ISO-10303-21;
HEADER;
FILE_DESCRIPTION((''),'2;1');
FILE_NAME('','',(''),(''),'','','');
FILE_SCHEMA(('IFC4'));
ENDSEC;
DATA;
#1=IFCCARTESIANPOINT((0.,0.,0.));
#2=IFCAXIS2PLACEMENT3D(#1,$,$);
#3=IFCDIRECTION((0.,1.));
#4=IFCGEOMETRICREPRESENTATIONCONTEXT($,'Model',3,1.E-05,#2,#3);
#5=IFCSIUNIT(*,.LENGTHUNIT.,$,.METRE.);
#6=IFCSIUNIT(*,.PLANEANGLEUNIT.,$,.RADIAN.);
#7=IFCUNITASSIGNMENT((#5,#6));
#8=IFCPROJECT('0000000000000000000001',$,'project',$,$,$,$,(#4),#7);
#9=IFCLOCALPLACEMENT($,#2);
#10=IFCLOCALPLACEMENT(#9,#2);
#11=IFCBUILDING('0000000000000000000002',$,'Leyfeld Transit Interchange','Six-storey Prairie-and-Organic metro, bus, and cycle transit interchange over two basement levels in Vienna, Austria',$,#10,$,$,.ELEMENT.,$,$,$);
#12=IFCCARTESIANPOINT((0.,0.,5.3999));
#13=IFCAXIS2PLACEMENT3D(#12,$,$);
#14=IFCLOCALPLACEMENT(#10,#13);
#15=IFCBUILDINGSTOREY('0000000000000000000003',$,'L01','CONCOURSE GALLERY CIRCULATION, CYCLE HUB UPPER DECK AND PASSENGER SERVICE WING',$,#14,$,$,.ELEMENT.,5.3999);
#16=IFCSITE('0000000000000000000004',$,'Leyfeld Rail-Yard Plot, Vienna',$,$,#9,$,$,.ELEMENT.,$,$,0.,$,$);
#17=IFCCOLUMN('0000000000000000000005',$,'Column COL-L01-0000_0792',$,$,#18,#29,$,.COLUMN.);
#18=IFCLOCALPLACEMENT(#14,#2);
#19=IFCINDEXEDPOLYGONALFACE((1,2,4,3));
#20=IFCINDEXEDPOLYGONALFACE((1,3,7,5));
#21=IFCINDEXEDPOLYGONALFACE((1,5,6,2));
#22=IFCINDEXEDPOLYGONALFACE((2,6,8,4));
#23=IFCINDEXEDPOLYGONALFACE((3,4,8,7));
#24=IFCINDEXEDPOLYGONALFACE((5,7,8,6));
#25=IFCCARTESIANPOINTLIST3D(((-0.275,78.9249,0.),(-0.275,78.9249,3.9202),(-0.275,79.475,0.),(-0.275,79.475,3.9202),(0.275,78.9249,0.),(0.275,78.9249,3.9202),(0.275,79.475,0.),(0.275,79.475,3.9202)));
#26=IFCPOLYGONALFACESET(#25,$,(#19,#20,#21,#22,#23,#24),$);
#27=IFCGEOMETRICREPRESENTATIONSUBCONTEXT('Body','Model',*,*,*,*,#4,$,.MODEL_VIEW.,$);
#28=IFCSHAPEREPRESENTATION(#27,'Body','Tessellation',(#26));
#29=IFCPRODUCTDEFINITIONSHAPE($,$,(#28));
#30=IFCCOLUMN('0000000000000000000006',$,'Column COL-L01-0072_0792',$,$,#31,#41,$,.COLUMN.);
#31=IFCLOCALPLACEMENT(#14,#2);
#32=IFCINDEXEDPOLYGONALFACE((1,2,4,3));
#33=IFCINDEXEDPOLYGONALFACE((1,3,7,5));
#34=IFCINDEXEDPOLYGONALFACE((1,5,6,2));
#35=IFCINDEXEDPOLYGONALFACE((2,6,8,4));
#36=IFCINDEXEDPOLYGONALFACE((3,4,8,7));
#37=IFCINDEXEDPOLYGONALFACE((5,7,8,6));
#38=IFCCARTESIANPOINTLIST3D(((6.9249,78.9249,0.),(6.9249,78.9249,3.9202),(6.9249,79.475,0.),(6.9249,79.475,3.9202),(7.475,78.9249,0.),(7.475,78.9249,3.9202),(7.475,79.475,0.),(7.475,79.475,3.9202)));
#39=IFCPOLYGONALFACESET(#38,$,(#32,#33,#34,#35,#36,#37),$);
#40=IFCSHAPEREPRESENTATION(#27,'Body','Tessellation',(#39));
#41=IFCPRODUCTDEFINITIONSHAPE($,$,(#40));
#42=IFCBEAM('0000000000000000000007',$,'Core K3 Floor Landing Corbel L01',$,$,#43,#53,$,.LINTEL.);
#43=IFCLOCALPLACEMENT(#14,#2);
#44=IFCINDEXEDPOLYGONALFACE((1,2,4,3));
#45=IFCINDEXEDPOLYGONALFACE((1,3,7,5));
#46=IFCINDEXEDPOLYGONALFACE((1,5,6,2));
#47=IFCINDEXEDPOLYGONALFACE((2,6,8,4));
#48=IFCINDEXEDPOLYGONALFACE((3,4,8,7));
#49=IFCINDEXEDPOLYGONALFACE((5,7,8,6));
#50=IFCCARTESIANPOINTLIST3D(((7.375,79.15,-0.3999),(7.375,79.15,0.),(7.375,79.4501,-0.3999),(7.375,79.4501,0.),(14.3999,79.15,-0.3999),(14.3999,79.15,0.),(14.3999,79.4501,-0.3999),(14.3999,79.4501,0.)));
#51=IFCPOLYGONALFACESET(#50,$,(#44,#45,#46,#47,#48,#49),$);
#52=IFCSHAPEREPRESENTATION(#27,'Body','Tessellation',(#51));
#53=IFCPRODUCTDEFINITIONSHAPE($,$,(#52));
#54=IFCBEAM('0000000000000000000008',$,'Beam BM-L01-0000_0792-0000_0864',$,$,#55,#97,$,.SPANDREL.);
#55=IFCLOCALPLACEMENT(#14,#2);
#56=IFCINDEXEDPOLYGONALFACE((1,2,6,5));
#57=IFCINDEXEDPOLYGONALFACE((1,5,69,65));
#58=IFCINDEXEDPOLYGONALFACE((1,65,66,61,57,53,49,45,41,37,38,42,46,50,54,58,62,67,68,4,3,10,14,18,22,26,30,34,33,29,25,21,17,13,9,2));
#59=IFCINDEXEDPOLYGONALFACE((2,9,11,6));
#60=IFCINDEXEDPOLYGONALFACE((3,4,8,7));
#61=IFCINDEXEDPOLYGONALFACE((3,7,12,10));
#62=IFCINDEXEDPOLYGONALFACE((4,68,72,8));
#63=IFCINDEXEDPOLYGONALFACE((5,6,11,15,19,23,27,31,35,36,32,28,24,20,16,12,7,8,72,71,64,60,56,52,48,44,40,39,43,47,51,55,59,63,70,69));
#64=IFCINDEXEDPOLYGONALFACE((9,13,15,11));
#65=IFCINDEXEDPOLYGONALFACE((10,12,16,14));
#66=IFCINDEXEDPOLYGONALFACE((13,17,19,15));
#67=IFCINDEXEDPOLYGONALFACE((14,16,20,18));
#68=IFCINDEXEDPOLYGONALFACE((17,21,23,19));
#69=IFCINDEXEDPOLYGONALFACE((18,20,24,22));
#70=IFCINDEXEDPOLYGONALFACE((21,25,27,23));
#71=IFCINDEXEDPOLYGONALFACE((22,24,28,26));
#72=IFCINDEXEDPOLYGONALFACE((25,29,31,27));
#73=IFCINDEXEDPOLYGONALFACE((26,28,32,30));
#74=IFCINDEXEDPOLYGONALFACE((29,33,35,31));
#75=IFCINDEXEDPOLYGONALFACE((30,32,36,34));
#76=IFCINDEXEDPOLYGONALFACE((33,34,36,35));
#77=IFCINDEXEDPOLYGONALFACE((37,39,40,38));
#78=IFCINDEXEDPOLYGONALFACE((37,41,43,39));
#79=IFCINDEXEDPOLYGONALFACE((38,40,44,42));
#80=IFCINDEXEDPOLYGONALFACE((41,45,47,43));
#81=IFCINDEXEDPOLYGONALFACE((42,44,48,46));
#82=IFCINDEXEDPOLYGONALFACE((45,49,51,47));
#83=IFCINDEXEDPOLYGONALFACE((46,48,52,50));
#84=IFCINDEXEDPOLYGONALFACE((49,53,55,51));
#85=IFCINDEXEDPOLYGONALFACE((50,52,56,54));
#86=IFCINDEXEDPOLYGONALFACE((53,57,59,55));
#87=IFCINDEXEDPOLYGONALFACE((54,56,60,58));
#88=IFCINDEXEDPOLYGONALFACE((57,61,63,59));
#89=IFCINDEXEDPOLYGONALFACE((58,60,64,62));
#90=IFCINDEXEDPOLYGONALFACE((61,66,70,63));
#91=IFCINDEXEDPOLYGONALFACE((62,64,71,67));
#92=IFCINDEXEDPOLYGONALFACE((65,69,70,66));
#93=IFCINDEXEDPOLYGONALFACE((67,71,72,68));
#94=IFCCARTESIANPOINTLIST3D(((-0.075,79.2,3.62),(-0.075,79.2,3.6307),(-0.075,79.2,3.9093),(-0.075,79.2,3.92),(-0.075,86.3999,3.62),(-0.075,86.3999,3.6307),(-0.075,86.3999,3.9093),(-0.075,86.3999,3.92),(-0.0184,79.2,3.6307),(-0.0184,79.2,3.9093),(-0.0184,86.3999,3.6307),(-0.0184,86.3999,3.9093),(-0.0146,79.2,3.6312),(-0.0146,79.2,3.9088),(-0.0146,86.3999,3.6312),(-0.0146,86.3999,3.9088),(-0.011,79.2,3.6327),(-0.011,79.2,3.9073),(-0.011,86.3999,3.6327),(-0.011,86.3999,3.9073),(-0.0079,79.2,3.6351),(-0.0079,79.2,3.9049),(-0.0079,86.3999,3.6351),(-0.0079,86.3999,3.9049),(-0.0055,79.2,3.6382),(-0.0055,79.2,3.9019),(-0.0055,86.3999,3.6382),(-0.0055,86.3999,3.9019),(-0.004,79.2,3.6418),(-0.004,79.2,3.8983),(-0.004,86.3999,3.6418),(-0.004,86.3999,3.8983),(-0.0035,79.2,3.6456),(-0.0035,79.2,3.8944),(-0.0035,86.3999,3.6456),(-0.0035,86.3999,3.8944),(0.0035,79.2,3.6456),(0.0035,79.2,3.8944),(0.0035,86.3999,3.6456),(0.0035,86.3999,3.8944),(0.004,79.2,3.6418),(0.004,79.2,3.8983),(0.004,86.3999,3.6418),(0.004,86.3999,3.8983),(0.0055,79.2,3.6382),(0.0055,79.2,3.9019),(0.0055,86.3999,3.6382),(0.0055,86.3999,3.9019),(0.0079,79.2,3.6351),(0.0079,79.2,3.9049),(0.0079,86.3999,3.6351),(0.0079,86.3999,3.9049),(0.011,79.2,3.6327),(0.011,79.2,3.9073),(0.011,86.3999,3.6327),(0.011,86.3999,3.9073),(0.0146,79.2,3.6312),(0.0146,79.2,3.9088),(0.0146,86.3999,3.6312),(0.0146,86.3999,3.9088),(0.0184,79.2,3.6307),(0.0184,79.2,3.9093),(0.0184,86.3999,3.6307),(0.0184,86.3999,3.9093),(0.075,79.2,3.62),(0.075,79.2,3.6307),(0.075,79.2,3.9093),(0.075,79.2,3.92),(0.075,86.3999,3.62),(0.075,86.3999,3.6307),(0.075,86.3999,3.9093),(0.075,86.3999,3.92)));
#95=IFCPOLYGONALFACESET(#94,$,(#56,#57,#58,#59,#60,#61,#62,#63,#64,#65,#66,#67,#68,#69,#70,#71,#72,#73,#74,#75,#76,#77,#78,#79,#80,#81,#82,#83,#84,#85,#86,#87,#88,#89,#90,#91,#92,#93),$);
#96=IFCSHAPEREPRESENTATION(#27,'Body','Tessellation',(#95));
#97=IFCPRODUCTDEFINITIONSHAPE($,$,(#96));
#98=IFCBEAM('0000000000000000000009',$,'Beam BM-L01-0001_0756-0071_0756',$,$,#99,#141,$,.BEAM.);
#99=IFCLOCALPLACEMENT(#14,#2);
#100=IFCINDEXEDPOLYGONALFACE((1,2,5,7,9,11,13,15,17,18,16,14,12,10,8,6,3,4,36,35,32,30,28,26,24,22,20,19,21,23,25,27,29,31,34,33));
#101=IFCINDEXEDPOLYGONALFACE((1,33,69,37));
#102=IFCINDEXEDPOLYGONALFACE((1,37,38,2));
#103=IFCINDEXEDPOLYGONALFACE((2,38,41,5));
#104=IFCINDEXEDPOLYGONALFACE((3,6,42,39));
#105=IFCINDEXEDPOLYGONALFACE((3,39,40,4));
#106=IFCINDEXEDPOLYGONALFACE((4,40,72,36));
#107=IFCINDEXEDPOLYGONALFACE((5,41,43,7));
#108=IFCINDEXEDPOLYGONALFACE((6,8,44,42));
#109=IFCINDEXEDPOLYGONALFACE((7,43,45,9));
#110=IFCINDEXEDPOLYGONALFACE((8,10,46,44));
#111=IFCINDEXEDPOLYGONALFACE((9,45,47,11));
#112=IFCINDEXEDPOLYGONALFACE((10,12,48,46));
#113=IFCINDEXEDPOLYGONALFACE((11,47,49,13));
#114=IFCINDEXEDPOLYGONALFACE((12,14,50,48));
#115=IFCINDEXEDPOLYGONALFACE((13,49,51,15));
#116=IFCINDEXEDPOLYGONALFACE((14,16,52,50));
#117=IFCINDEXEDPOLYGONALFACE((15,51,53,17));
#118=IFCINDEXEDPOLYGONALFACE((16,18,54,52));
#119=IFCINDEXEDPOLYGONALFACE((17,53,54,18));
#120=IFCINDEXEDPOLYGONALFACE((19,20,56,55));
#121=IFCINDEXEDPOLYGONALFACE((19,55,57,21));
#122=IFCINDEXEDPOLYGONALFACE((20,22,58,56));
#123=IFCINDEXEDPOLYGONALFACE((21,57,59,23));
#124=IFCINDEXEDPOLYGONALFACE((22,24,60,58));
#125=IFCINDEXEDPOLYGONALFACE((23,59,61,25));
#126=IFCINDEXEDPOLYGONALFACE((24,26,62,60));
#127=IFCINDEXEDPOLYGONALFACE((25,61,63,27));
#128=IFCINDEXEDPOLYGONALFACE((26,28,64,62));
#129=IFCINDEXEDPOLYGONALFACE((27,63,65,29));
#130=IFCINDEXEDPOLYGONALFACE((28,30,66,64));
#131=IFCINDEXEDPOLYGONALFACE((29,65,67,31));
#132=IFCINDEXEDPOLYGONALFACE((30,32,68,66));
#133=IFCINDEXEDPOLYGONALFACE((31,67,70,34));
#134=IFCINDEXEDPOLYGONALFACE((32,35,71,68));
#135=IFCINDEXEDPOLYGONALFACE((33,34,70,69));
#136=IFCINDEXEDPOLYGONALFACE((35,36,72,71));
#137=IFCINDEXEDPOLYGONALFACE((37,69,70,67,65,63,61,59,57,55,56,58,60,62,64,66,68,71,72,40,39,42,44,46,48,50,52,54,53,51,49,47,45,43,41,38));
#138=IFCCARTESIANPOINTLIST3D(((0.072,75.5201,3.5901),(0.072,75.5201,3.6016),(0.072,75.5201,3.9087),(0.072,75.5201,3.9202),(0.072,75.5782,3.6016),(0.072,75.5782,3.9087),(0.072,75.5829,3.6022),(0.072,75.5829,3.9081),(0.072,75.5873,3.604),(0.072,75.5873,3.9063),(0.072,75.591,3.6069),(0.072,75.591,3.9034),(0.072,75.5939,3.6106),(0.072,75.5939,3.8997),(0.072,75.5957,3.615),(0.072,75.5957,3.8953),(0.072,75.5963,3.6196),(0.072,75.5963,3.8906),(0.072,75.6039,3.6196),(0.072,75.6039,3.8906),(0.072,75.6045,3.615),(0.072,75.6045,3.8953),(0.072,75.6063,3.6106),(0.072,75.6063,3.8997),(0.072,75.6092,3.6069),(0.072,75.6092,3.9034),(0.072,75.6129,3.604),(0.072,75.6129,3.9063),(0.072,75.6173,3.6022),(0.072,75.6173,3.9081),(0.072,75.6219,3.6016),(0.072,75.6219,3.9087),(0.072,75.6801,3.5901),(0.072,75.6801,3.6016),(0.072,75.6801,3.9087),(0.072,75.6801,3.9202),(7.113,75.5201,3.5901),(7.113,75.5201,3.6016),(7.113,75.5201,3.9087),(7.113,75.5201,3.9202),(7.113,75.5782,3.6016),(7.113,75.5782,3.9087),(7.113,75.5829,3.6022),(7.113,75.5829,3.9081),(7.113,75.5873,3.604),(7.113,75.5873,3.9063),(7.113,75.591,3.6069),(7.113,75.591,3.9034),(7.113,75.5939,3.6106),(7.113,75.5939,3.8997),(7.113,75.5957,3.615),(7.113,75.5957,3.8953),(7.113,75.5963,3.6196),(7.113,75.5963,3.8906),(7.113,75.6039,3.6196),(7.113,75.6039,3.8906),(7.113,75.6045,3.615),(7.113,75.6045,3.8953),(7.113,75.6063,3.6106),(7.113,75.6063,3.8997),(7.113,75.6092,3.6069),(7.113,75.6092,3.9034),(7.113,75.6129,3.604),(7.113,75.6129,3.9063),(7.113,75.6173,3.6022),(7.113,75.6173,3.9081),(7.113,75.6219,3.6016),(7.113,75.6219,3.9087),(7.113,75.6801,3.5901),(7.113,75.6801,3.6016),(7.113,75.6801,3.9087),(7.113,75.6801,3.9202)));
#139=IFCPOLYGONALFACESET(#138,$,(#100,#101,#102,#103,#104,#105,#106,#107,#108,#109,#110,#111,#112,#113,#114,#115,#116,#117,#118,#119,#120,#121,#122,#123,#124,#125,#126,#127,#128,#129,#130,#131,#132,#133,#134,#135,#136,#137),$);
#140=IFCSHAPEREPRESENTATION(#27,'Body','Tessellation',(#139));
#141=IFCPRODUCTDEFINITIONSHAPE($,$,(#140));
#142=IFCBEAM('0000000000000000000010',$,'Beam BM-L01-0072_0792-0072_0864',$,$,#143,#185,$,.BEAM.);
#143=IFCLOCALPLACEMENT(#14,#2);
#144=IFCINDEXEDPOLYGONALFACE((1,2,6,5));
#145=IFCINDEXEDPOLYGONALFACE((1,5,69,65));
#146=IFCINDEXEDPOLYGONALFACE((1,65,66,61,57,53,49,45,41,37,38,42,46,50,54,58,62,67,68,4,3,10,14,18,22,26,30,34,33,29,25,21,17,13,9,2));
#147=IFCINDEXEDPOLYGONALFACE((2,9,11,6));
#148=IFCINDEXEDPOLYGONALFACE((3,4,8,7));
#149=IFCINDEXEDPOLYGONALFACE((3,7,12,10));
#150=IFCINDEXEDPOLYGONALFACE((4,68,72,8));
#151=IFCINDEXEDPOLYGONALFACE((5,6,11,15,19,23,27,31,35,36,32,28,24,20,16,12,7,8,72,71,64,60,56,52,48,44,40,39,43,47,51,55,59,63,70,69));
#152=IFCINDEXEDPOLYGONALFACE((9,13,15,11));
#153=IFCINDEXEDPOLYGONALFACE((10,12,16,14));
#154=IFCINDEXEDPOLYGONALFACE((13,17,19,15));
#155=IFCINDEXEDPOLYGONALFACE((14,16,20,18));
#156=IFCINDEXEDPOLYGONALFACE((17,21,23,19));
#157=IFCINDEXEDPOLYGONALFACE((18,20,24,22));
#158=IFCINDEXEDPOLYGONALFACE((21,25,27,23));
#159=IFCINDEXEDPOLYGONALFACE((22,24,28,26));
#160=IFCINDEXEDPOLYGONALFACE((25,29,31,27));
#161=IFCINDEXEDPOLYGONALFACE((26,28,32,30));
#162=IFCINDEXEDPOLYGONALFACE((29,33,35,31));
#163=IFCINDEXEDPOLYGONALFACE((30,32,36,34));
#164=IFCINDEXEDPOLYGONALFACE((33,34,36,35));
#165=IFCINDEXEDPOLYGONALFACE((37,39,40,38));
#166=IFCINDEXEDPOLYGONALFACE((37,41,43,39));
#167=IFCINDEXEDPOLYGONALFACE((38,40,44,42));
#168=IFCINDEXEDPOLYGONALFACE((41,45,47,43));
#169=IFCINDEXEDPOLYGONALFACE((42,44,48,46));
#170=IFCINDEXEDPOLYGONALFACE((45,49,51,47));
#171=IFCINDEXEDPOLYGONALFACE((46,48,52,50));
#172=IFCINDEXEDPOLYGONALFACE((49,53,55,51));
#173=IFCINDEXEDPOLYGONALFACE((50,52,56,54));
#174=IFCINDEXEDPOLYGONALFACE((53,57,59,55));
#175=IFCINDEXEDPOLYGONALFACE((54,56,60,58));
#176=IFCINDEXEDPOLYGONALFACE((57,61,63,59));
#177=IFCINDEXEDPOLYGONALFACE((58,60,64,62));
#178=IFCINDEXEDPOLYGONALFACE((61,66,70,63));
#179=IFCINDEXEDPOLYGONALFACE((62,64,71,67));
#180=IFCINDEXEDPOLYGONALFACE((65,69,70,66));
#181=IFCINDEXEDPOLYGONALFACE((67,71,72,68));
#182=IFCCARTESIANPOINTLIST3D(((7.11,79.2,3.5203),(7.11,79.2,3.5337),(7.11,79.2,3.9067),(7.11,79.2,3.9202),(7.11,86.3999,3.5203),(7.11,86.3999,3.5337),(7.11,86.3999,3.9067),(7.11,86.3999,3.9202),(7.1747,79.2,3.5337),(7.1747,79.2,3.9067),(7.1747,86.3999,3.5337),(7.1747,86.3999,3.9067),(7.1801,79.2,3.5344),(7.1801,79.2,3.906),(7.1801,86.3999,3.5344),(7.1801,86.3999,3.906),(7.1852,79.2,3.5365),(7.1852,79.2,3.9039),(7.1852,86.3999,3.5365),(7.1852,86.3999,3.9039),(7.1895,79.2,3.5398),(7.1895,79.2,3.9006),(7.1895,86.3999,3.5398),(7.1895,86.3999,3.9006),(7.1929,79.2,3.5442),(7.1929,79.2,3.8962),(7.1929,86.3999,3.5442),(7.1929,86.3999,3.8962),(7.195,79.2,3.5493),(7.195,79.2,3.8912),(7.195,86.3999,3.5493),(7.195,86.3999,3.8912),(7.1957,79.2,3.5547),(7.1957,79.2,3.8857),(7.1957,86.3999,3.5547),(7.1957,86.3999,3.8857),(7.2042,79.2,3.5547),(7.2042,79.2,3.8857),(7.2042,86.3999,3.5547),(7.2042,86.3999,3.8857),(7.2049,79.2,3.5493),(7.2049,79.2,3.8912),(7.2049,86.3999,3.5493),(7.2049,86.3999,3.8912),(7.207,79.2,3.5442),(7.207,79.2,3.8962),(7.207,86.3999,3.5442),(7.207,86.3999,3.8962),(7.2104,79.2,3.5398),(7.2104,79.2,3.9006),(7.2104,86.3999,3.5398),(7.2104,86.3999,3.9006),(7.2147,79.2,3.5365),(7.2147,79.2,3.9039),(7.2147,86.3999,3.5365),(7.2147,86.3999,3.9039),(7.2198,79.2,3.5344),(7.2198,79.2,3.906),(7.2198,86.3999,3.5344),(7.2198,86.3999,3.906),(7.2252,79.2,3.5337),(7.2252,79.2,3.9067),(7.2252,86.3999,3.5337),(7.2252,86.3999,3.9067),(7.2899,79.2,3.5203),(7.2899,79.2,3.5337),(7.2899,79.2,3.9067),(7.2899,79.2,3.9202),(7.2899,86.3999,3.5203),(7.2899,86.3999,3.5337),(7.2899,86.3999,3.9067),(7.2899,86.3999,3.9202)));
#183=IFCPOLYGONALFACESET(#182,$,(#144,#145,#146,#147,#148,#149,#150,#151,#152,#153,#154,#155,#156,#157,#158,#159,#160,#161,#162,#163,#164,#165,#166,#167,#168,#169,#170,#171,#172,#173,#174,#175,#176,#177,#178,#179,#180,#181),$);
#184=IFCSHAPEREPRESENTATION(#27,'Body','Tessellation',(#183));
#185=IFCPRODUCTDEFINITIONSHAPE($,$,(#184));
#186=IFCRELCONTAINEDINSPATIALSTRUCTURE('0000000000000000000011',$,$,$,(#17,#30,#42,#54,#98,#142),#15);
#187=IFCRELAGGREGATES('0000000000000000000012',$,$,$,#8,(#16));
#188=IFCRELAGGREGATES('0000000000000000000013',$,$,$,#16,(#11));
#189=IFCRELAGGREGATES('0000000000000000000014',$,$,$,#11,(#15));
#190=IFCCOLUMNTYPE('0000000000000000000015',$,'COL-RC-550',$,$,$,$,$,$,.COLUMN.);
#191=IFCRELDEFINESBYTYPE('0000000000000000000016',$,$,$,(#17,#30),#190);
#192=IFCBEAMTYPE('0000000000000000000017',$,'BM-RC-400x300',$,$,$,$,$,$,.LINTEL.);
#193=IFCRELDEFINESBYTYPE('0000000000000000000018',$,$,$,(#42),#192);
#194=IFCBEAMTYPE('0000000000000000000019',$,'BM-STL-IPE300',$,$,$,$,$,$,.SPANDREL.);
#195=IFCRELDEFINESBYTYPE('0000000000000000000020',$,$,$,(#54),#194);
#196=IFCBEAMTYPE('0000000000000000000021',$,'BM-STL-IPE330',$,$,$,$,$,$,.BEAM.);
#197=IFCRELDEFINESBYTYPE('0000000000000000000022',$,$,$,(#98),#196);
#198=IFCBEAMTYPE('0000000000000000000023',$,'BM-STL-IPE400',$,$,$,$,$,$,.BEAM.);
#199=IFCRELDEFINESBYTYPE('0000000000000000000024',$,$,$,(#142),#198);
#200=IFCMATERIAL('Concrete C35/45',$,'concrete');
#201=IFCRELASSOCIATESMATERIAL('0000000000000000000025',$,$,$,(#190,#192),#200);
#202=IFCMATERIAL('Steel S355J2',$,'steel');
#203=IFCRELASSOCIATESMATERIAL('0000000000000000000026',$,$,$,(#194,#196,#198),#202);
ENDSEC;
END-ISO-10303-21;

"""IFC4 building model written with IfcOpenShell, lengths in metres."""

from ifc_helpers import new_model, si_unit, direction, frame, origin, origin_2d, place, context, subcontext, project, spatial, rectangle, i_section, extrude, material, material_profile, profile_set, type_object, element, save


model = new_model("IFC4")

# Units and contexts
model_context = context("Model", 3, precision=1e-05, world=origin(), true_north=direction((0.0, 1.0)))
body_context = subcontext(model_context, "Body", "Model", "MODEL_VIEW")
ifc_project = project(units=[si_unit("LENGTHUNIT", "METRE"), si_unit("PLANEANGLEUNIT", "RADIAN")], contexts=[model_context])

# Site, building, storey
site_placement = place(None, origin())
site = spatial("IfcSite", under=ifc_project, at=site_placement, Name="Leyfeld Rail-Yard Plot, Vienna", CompositionType="ELEMENT", RefElevation=0.0)
building_placement = place(site_placement, origin())
building = spatial("IfcBuilding", under=site, at=building_placement, Name="Leyfeld Transit Interchange", Description="Six-storey Prairie-and-Organic metro, bus, and cycle transit interchange over two basement levels in Vienna, Austria", CompositionType="ELEMENT")
storey_placement = place(building_placement, frame((0.0, 0.0, 5.3999)))
storey = spatial("IfcBuildingStorey", under=building, at=storey_placement, Name="L01", Description="CONCOURSE GALLERY CIRCULATION, CYCLE HUB UPPER DECK AND PASSENGER SERVICE WING", CompositionType="ELEMENT", Elevation=5.3999)

# Columns
ifc_material_1 = material(Name="Concrete C35/45", Category="concrete")
ifc_material_profile_1 = material_profile(ifc_material_1, rectangle(XDim=0.55, YDim=0.55, at=origin_2d()), Name="RC 550x550")
ifc_profile_set_1 = profile_set([ifc_material_profile_1], Name="Concrete C35/45")
column_type = type_object("IfcColumnType", Name="COL-RC-550", PredefinedType="COLUMN", material=ifc_profile_set_1)
for number, where, z_axis, x_axis, name in (
    (1, (0.0, 79.2, 0.0), (0.0, 0.0, 1.0), (0.0, 1.0, 0.0), "Column COL-L01-0000_0792"),
    (2, (7.2, 79.2, 0.0), (0.0, 0.0, 1.0), (1.0, 0.0, 0.0), "Column COL-L01-0072_0792"),
):
    element("IfcColumn", number, at=place(storey_placement, frame(where, z_axis=z_axis, x_axis=x_axis)), inside=storey, type_object=column_type, Name=name, PredefinedType="COLUMN", context=body_context, shape_type="SweptSolid", body=[
        extrude(rectangle(XDim=0.55, YDim=0.55, at=origin_2d()), origin(), (0.0, 0.0, 1.0), 3.9202),
    ])

# Beams
ifc_material_profile_2 = material_profile(ifc_material_1, rectangle(XDim=0.3, YDim=0.3999, at=origin_2d()), Name="RC 400x300")
ifc_profile_set_2 = profile_set([ifc_material_profile_2], Name="Concrete C35/45")
beam_type_1 = type_object("IfcBeamType", Name="BM-RC-400x300", PredefinedType="LINTEL", material=ifc_profile_set_2)
beam_1_placement = place(storey_placement, frame((7.375, 79.3, -0.2), z_axis=(1.0, 0.0, 0.0), x_axis=(0.0, 1.0, 0.0)))
element("IfcBeam", 3, at=beam_1_placement, inside=storey, type_object=beam_type_1, Name="Core K3 Floor Landing Corbel L01", PredefinedType="LINTEL", context=body_context, shape_type="SweptSolid", body=[
    extrude(rectangle(XDim=0.3, YDim=0.3999, at=origin_2d()), origin(), (0.0, 0.0, 1.0), 7.0249),
])
ifc_material_2 = material(Name="Steel S355J2", Category="steel")
ifc_material_profile_3 = material_profile(ifc_material_2, i_section(OverallWidth=0.1499, OverallDepth=0.3, WebThickness=0.0071, FlangeThickness=0.0107, FilletRadius=0.0149, at=origin_2d()), Name="IPE 300")
ifc_profile_set_3 = profile_set([ifc_material_profile_3], Name="Steel S355J2")
beam_type_2 = type_object("IfcBeamType", Name="BM-STL-IPE300", PredefinedType="SPANDREL", material=ifc_profile_set_3)
beam_2_placement = place(storey_placement, frame((0.0, 79.2, 3.77), z_axis=(0.0, 1.0, 0.0), x_axis=(-1.0, 0.0, 0.0)))
element("IfcBeam", 4, at=beam_2_placement, inside=storey, type_object=beam_type_2, Name="Beam BM-L01-0000_0792-0000_0864", PredefinedType="SPANDREL", context=body_context, shape_type="SweptSolid", body=[
    extrude(i_section(OverallWidth=0.1499, OverallDepth=0.3, WebThickness=0.0071, FlangeThickness=0.0107, FilletRadius=0.0149, at=origin_2d()), origin(), (0.0, 0.0, 1.0), 7.2),
])
ifc_material_profile_4 = material_profile(ifc_material_2, i_section(OverallWidth=0.1599, OverallDepth=0.3301, WebThickness=0.0076, FlangeThickness=0.0115, FilletRadius=0.0181, at=origin_2d()), Name="IPE 330")
ifc_profile_set_4 = profile_set([ifc_material_profile_4], Name="Steel S355J2")
beam_type_3 = type_object("IfcBeamType", Name="BM-STL-IPE330", PredefinedType="BEAM", material=ifc_profile_set_4)
beam_3_placement = place(storey_placement, frame((0.072, 75.6001, 3.7551), z_axis=(1.0, 0.0, 0.0), x_axis=(0.0, 1.0, 0.0)))
element("IfcBeam", 5, at=beam_3_placement, inside=storey, type_object=beam_type_3, Name="Beam BM-L01-0001_0756-0071_0756", PredefinedType="BEAM", context=body_context, shape_type="SweptSolid", body=[
    extrude(i_section(OverallWidth=0.1599, OverallDepth=0.3301, WebThickness=0.0076, FlangeThickness=0.0115, FilletRadius=0.0181, at=origin_2d()), origin(), (0.0, 0.0, 1.0), 7.041),
])
ifc_material_profile_5 = material_profile(ifc_material_2, i_section(OverallWidth=0.1799, OverallDepth=0.3999, WebThickness=0.0085, FlangeThickness=0.0134, FilletRadius=0.021, at=origin_2d()), Name="IPE 400")
ifc_profile_set_5 = profile_set([ifc_material_profile_5], Name="Steel S355J2")
beam_type_4 = type_object("IfcBeamType", Name="BM-STL-IPE400", PredefinedType="BEAM", material=ifc_profile_set_5)
beam_4_placement = place(storey_placement, frame((7.2, 79.2, 3.7202), z_axis=(0.0, 1.0, 0.0), x_axis=(-1.0, 0.0, 0.0)))
element("IfcBeam", 6, at=beam_4_placement, inside=storey, type_object=beam_type_4, Name="Beam BM-L01-0072_0792-0072_0864", PredefinedType="BEAM", context=body_context, shape_type="SweptSolid", body=[
    extrude(i_section(OverallWidth=0.1799, OverallDepth=0.3999, WebThickness=0.0085, FlangeThickness=0.0134, FilletRadius=0.021, at=origin_2d()), origin(), (0.0, 0.0, 1.0), 7.2),
])

save(model, "model.ifc")
